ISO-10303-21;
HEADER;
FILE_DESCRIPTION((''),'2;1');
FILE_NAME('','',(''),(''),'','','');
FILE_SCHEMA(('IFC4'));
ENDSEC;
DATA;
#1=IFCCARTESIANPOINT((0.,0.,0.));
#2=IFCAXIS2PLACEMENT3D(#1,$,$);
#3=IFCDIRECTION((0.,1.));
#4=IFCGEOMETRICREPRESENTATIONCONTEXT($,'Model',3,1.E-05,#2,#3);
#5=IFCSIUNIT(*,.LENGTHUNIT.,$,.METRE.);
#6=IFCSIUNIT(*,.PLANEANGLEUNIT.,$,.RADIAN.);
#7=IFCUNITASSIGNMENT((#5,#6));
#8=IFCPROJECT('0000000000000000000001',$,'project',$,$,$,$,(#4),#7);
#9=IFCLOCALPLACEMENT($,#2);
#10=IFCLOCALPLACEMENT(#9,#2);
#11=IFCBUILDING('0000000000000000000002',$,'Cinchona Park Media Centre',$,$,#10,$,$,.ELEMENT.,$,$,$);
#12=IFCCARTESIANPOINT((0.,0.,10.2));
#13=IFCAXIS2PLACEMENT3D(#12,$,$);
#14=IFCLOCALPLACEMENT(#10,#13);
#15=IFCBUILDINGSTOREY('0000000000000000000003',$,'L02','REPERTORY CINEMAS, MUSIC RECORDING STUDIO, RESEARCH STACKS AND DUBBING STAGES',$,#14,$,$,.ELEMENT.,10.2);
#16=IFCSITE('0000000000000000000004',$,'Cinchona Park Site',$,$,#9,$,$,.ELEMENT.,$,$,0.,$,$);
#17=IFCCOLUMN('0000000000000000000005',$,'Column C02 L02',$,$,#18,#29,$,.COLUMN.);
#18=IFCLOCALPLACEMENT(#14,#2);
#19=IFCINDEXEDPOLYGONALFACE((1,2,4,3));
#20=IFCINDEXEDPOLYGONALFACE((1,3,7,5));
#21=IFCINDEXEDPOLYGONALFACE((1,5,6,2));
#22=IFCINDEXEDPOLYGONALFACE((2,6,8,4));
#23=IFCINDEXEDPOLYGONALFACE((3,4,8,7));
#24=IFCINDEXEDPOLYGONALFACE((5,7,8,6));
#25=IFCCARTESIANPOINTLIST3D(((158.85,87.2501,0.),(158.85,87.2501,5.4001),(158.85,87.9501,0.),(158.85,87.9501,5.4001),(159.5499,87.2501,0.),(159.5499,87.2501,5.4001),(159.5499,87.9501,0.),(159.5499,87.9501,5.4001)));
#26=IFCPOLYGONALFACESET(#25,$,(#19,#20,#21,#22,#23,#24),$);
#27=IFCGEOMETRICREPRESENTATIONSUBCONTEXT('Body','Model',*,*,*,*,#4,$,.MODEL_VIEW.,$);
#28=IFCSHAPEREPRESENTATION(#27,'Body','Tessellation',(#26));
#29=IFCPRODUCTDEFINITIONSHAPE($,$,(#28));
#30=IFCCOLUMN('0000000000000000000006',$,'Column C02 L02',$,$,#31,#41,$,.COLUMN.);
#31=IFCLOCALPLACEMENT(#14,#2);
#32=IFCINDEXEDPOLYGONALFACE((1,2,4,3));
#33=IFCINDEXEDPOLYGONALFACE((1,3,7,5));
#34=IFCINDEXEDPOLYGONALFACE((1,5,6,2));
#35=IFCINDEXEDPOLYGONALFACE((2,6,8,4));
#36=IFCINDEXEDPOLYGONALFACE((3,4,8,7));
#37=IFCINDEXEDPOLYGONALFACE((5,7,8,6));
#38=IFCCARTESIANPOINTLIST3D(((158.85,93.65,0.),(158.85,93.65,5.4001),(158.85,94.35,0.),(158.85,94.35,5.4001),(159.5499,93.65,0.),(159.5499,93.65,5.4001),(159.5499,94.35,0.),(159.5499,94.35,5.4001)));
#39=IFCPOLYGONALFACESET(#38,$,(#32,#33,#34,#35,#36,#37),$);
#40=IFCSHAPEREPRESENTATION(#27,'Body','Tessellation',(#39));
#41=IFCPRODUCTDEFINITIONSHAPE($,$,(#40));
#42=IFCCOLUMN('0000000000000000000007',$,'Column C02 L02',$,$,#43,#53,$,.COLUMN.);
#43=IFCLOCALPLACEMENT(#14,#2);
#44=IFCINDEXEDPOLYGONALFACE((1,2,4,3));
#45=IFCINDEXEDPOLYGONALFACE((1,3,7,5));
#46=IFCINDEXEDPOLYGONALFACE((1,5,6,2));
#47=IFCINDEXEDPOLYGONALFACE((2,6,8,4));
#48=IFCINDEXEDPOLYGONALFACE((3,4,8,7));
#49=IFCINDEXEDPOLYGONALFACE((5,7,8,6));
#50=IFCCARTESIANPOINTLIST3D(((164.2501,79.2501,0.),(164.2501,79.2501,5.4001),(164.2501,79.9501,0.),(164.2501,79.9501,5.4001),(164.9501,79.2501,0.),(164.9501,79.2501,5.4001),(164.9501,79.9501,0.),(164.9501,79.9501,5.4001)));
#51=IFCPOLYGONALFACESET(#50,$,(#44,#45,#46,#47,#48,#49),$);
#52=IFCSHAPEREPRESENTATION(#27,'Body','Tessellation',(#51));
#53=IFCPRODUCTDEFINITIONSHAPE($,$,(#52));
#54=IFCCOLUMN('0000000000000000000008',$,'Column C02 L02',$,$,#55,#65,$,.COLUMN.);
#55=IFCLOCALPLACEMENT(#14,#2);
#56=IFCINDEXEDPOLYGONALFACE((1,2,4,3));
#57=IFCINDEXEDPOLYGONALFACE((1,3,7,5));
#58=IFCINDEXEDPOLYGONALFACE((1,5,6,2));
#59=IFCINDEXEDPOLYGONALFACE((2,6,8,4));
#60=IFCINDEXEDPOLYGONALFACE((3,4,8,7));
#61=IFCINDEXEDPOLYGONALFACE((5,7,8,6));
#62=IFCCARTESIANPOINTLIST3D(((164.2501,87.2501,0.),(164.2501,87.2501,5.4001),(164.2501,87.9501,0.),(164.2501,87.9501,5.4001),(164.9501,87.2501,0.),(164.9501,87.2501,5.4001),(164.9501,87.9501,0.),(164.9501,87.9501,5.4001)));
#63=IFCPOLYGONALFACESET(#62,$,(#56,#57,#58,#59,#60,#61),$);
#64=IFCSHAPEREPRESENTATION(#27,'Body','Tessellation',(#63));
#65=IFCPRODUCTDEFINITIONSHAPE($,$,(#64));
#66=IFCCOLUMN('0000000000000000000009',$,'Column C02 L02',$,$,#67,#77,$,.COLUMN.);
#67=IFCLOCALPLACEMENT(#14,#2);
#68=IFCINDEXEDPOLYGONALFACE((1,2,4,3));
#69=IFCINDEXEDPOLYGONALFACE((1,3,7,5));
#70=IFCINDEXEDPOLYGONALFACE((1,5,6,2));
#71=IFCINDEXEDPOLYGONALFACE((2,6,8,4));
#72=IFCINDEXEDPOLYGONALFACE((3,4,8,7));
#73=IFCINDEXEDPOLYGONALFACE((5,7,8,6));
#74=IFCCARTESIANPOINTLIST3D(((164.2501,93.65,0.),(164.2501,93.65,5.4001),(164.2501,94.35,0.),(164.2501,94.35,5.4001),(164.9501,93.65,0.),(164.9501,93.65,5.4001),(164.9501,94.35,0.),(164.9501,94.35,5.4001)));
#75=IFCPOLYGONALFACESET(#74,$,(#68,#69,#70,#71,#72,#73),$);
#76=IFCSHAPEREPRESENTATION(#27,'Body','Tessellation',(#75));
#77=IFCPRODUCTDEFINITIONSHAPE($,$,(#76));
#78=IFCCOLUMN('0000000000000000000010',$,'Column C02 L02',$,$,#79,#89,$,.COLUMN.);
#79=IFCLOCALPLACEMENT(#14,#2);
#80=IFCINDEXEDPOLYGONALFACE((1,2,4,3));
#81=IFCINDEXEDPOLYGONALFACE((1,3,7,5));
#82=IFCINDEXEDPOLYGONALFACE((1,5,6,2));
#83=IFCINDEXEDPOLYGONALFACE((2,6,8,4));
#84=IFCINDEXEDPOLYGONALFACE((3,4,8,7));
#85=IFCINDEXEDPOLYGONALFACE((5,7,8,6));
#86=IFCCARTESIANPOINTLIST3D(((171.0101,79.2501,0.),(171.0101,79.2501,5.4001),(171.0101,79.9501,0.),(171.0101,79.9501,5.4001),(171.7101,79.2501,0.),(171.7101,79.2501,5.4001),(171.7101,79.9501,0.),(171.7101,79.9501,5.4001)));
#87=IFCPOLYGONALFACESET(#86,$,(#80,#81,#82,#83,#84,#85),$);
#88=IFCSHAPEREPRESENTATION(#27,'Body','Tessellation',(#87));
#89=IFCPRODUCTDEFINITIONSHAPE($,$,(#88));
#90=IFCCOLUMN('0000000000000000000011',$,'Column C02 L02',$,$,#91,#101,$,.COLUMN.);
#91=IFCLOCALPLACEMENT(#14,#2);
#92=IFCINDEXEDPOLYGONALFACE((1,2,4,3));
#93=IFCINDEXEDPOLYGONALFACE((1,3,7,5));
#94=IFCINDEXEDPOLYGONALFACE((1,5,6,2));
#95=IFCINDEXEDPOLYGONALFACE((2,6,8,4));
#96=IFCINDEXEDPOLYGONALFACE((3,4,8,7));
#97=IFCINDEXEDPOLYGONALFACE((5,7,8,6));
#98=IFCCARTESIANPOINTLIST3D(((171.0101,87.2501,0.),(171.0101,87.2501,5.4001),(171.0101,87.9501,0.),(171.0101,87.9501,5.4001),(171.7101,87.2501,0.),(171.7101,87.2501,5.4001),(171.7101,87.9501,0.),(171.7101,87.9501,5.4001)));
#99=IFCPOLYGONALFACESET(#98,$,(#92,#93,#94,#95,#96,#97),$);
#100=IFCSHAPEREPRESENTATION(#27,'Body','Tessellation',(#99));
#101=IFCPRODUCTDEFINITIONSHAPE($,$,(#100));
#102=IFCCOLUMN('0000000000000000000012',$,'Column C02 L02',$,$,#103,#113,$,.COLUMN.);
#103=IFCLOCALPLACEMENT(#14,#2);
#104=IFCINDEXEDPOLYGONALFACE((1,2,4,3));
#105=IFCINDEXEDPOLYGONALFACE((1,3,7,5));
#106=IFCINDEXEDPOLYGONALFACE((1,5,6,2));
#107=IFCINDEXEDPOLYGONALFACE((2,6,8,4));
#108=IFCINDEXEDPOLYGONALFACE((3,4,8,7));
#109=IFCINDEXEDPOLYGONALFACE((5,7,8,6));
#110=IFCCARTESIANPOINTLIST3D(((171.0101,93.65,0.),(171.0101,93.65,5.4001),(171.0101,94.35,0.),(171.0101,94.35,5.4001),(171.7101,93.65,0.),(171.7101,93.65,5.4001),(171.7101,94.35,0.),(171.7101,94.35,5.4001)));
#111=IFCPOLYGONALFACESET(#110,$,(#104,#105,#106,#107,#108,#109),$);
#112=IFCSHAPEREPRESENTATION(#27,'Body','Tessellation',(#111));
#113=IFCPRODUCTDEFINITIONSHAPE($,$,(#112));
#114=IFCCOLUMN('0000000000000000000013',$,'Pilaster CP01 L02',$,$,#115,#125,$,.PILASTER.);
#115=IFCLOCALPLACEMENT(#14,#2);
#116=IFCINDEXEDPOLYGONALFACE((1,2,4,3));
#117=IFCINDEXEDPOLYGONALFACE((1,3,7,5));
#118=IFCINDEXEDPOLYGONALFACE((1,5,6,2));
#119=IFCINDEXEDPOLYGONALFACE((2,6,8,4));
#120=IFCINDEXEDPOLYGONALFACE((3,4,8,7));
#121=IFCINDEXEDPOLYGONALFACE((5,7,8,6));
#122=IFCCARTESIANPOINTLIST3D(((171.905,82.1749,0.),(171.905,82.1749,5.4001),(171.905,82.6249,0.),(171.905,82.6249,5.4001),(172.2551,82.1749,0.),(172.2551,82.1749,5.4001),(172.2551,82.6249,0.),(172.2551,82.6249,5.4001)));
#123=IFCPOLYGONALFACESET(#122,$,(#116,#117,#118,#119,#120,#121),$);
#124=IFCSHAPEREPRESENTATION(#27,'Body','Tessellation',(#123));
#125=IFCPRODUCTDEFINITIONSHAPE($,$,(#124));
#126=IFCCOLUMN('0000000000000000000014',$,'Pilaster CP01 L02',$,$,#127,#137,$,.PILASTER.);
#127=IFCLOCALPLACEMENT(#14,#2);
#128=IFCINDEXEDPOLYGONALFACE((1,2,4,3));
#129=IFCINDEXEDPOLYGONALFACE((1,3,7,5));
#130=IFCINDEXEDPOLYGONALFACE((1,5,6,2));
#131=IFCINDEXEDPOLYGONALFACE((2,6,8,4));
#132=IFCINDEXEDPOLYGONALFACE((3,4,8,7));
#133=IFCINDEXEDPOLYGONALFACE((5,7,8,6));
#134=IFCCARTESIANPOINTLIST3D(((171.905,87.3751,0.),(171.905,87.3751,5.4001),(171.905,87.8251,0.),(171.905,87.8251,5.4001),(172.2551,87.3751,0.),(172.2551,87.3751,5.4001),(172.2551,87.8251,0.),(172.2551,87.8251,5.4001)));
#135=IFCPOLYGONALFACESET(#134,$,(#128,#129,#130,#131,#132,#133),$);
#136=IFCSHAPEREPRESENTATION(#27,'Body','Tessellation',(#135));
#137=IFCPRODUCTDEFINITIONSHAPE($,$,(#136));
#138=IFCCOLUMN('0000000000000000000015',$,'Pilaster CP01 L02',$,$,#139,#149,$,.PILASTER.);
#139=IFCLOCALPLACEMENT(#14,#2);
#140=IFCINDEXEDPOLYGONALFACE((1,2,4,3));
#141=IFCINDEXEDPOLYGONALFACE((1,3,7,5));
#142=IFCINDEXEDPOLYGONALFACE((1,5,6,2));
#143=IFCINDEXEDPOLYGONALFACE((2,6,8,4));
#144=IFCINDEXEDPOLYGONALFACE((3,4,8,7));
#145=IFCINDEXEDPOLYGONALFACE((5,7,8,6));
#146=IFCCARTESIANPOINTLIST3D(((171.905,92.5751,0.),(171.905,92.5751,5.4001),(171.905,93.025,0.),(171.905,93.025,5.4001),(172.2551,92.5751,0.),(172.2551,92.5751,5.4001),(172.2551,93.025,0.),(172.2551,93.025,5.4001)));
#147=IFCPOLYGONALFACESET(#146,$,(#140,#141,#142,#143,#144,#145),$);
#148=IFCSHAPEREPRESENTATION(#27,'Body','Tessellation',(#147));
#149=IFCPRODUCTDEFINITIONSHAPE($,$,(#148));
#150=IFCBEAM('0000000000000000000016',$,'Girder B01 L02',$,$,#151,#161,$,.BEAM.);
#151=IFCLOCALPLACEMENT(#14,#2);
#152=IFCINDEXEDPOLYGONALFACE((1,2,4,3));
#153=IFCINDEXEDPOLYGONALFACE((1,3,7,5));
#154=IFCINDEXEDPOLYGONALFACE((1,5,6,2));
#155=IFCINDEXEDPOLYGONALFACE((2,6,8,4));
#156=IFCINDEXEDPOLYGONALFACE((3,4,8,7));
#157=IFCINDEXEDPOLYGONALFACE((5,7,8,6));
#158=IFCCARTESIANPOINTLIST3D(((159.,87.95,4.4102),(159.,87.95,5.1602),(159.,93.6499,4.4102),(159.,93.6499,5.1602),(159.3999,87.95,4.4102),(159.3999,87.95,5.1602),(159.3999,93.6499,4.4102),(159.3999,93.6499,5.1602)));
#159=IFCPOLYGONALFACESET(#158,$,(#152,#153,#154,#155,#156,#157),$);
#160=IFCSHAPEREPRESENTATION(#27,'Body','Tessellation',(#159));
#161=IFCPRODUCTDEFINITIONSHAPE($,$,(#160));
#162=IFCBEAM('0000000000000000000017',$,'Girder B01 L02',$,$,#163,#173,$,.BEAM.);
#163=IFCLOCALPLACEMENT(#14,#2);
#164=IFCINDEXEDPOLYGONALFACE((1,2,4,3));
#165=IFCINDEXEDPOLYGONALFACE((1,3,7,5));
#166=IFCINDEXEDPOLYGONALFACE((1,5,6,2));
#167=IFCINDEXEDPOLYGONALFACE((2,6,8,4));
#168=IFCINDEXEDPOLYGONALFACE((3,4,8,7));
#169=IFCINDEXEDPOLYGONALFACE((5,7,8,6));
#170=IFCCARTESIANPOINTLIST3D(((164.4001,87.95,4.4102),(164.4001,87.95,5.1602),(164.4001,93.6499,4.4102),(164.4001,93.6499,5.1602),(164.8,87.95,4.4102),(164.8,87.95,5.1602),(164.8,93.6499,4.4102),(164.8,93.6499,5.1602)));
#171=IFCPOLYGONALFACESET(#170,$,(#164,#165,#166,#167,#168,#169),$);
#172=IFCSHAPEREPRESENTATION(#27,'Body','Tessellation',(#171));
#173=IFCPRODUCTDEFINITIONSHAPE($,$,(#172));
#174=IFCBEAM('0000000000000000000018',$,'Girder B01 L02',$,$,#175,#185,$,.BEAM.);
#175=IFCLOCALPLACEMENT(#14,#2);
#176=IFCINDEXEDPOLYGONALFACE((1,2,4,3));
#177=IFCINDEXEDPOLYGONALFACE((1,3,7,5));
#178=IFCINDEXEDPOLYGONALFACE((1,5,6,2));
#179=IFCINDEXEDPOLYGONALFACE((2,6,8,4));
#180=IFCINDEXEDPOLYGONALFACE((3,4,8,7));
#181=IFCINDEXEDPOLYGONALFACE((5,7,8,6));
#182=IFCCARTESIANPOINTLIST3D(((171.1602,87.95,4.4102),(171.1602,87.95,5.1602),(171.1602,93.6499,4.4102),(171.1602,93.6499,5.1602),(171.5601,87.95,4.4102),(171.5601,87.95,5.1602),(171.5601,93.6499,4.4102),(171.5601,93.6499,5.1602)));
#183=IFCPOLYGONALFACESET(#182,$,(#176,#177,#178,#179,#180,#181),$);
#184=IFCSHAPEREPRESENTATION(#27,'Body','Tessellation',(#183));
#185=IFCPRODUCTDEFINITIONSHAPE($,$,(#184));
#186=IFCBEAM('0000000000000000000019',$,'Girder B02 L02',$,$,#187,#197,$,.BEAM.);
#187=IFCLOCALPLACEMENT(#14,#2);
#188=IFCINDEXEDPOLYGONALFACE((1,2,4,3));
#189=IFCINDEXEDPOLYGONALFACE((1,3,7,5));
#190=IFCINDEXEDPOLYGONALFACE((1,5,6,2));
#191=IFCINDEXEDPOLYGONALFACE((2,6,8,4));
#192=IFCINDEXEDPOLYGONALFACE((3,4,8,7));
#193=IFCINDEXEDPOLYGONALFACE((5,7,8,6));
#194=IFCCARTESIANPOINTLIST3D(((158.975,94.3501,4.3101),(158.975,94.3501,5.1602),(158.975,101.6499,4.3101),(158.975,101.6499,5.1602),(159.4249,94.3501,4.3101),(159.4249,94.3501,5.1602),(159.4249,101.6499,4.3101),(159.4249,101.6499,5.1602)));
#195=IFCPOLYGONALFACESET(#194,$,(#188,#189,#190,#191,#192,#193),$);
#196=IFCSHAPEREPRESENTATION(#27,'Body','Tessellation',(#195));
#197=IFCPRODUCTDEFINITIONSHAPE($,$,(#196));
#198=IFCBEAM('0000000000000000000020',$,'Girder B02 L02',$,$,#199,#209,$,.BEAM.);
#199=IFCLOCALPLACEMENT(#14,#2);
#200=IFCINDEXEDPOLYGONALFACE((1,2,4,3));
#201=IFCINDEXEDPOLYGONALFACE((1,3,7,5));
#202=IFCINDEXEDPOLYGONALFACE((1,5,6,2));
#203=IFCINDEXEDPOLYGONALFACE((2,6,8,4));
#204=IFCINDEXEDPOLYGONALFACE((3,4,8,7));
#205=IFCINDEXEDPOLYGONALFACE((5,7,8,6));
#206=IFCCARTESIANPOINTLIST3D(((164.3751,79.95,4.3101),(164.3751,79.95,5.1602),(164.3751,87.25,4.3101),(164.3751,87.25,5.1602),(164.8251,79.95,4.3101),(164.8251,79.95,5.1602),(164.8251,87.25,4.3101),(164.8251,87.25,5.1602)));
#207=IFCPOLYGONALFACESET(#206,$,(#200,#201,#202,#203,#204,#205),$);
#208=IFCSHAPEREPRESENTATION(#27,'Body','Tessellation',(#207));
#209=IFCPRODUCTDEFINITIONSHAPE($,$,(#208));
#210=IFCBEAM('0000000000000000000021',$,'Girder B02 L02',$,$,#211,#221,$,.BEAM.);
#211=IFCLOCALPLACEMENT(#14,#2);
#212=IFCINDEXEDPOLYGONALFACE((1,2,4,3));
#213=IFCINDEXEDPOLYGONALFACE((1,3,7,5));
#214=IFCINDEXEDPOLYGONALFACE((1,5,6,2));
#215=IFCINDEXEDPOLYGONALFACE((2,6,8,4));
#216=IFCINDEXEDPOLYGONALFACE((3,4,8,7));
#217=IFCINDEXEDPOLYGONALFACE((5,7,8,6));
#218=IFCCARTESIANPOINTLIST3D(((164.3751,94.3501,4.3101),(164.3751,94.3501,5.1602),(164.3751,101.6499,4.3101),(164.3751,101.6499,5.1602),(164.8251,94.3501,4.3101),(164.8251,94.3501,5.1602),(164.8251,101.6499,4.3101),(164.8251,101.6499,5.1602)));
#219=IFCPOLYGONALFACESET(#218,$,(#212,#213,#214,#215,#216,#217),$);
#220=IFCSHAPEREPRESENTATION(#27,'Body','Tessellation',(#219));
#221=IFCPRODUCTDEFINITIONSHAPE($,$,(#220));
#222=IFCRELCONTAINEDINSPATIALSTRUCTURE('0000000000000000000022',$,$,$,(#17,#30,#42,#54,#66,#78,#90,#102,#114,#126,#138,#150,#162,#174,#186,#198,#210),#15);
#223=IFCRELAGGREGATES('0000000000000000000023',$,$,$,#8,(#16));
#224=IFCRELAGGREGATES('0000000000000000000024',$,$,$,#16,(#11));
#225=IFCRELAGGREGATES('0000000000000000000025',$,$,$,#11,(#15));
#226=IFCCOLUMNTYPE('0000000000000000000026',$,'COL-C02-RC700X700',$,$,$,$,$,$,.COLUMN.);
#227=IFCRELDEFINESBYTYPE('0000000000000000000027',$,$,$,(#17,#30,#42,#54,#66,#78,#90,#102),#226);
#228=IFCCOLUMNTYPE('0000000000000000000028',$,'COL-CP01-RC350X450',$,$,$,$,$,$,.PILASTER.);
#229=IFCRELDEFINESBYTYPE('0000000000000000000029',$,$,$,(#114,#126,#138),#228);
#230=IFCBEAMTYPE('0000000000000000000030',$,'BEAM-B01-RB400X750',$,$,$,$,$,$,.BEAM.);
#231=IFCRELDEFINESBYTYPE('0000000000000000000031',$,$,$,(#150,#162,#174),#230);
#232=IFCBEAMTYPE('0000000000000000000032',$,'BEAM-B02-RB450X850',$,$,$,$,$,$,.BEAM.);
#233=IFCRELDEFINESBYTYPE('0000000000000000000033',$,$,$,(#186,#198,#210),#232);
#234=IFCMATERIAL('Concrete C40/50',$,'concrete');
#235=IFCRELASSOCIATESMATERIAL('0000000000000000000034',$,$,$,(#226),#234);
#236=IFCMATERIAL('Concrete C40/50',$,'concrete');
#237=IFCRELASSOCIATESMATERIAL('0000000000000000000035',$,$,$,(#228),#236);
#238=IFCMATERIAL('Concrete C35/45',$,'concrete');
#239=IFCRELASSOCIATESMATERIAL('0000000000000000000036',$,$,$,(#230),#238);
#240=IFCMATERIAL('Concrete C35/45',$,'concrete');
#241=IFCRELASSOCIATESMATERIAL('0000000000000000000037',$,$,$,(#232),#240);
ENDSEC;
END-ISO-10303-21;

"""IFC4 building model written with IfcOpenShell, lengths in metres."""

from ifc_helpers import new_model, si_unit, direction, frame, origin, origin_2d, place, context, subcontext, project, spatial, rectangle, extrude, material, material_profile, profile_set, type_object, element, save


model = new_model("IFC4")

# Units and contexts
model_context = context("Model", 3, precision=1e-05, world=origin(), true_north=direction((0.0, 1.0)))
body_context = subcontext(model_context, "Body", "Model", "MODEL_VIEW")
ifc_project = project(units=[si_unit("LENGTHUNIT", "METRE"), si_unit("PLANEANGLEUNIT", "RADIAN")], contexts=[model_context])

# Site, building, storey
site_placement = place(None, origin())
site = spatial("IfcSite", under=ifc_project, at=site_placement, Name="Cinchona Park Site", CompositionType="ELEMENT", RefElevation=0.0)
building_placement = place(site_placement, origin())
building = spatial("IfcBuilding", under=site, at=building_placement, Name="Cinchona Park Media Centre", CompositionType="ELEMENT")
storey_placement = place(building_placement, frame((0.0, 0.0, 10.2)))
storey = spatial("IfcBuildingStorey", under=building, at=storey_placement, Name="L02", Description="REPERTORY CINEMAS, MUSIC RECORDING STUDIO, RESEARCH STACKS AND DUBBING STAGES", CompositionType="ELEMENT", Elevation=10.2)

# Columns
ifc_material_1 = material(Name="Concrete C40/50", Category="concrete")
ifc_material_profile_1 = material_profile(ifc_material_1, rectangle(XDim=0.7, YDim=0.7, at=origin_2d()), Name="RC 700X700")
ifc_profile_set_1 = profile_set([ifc_material_profile_1], Name="Concrete C40/50")
column_type_1 = type_object("IfcColumnType", Name="COL-C02-RC700X700", PredefinedType="COLUMN", material=ifc_profile_set_1)
for number, where, z_axis, x_axis, name in (
    (1, (159.2, 87.6001, 0.0), (0.0, 0.0, 1.0), (1.0, 0.0, 0.0), "Column C02 L02"),
    (2, (159.2, 94.0, 0.0), (0.0, 0.0, 1.0), (1.0, 0.0, 0.0), "Column C02 L02"),
    (3, (164.6001, 79.6001, 0.0), (0.0, 0.0, 1.0), (1.0, 0.0, 0.0), "Column C02 L02"),
    (4, (164.6001, 87.6001, 0.0), (0.0, 0.0, 1.0), (1.0, 0.0, 0.0), "Column C02 L02"),
    (5, (164.6001, 94.0, 0.0), (0.0, 0.0, 1.0), (1.0, 0.0, 0.0), "Column C02 L02"),
    (6, (171.3601, 79.6001, 0.0), (0.0, 0.0, 1.0), (1.0, 0.0, 0.0), "Column C02 L02"),
    (7, (171.3601, 87.6001, 0.0), (0.0, 0.0, 1.0), (1.0, 0.0, 0.0), "Column C02 L02"),
    (8, (171.3601, 94.0, 0.0), (0.0, 0.0, 1.0), (1.0, 0.0, 0.0), "Column C02 L02"),
):
    element("IfcColumn", number, at=place(storey_placement, frame(where, z_axis=z_axis, x_axis=x_axis)), inside=storey, type_object=column_type_1, Name=name, PredefinedType="COLUMN", context=body_context, shape_type="SweptSolid", body=[
        extrude(rectangle(XDim=0.7, YDim=0.7, at=origin_2d()), origin(), (0.0, 0.0, 1.0), 5.4001),
    ])
ifc_material_2 = material(Name="Concrete C40/50", Category="concrete")
ifc_material_profile_2 = material_profile(ifc_material_2, rectangle(XDim=0.3501, YDim=0.45, at=origin_2d()), Name="RC 350X450")
ifc_profile_set_2 = profile_set([ifc_material_profile_2], Name="Concrete C40/50")
column_type_2 = type_object("IfcColumnType", Name="COL-CP01-RC350X450", PredefinedType="PILASTER", material=ifc_profile_set_2)
for number, where, z_axis, x_axis, name in (
    (9, (172.0801, 82.3999, 0.0), (0.0, 0.0, 1.0), (1.0, 0.0, 0.0), "Pilaster CP01 L02"),
    (10, (172.0801, 87.6001, 0.0), (0.0, 0.0, 1.0), (1.0, 0.0, 0.0), "Pilaster CP01 L02"),
    (11, (172.0801, 92.8, 0.0), (0.0, 0.0, 1.0), (1.0, 0.0, 0.0), "Pilaster CP01 L02"),
):
    element("IfcColumn", number, at=place(storey_placement, frame(where, z_axis=z_axis, x_axis=x_axis)), inside=storey, type_object=column_type_2, Name=name, PredefinedType="PILASTER", context=body_context, shape_type="SweptSolid", body=[
        extrude(rectangle(XDim=0.3501, YDim=0.45, at=origin_2d()), origin(), (0.0, 0.0, 1.0), 5.4001),
    ])

# Beams
ifc_material_3 = material(Name="Concrete C35/45", Category="concrete")
ifc_material_profile_3 = material_profile(ifc_material_3, rectangle(XDim=0.3999, YDim=0.75, at=origin_2d()), Name="RB 400X750")
ifc_profile_set_3 = profile_set([ifc_material_profile_3], Name="Concrete C35/45")
beam_type_1 = type_object("IfcBeamType", Name="BEAM-B01-RB400X750", PredefinedType="BEAM", material=ifc_profile_set_3)
for number, where, z_axis, x_axis, name in (
    (12, (159.2, 87.95, 4.7852), (0.0, 1.0, 0.0), (-1.0, 0.0, 0.0), "Girder B01 L02"),
    (13, (164.6001, 87.95, 4.7852), (0.0, 1.0, 0.0), (-1.0, 0.0, 0.0), "Girder B01 L02"),
    (14, (171.3601, 87.95, 4.7852), (0.0, 1.0, 0.0), (-1.0, 0.0, 0.0), "Girder B01 L02"),
):
    element("IfcBeam", number, at=place(storey_placement, frame(where, z_axis=z_axis, x_axis=x_axis)), inside=storey, type_object=beam_type_1, Name=name, PredefinedType="BEAM", context=body_context, shape_type="SweptSolid", body=[
        extrude(rectangle(XDim=0.3999, YDim=0.75, at=origin_2d()), origin(), (0.0, 0.0, 1.0), 5.7),
    ])
ifc_material_4 = material(Name="Concrete C35/45", Category="concrete")
ifc_material_profile_4 = material_profile(ifc_material_4, rectangle(XDim=0.45, YDim=0.8501, at=origin_2d()), Name="RB 450X850")
ifc_profile_set_4 = profile_set([ifc_material_profile_4], Name="Concrete C35/45")
beam_type_2 = type_object("IfcBeamType", Name="BEAM-B02-RB450X850", PredefinedType="BEAM", material=ifc_profile_set_4)
beam_1_placement = place(storey_placement, frame((159.2, 94.3501, 4.7351), z_axis=(0.0, 1.0, 0.0), x_axis=(-1.0, 0.0, 0.0)))
element("IfcBeam", 15, at=beam_1_placement, inside=storey, type_object=beam_type_2, Name="Girder B02 L02", PredefinedType="BEAM", context=body_context, shape_type="SweptSolid", body=[
    extrude(rectangle(XDim=0.45, YDim=0.8501, at=origin_2d()), origin(), (0.0, 0.0, 1.0), 7.2998),
])
beam_2_placement = place(storey_placement, frame((164.6001, 79.95, 4.7351), z_axis=(0.0, 1.0, 0.0), x_axis=(-1.0, 0.0, 0.0)))
element("IfcBeam", 16, at=beam_2_placement, inside=storey, type_object=beam_type_2, Name="Girder B02 L02", PredefinedType="BEAM", context=body_context, shape_type="SweptSolid", body=[
    extrude(rectangle(XDim=0.45, YDim=0.8501, at=origin_2d()), origin(), (0.0, 0.0, 1.0), 7.3),
])
beam_3_placement = place(storey_placement, frame((164.6001, 94.3501, 4.7351), z_axis=(0.0, 1.0, 0.0), x_axis=(-1.0, 0.0, 0.0)))
element("IfcBeam", 17, at=beam_3_placement, inside=storey, type_object=beam_type_2, Name="Girder B02 L02", PredefinedType="BEAM", context=body_context, shape_type="SweptSolid", body=[
    extrude(rectangle(XDim=0.45, YDim=0.8501, at=origin_2d()), origin(), (0.0, 0.0, 1.0), 7.2998),
])

save(model, "model.ifc")
